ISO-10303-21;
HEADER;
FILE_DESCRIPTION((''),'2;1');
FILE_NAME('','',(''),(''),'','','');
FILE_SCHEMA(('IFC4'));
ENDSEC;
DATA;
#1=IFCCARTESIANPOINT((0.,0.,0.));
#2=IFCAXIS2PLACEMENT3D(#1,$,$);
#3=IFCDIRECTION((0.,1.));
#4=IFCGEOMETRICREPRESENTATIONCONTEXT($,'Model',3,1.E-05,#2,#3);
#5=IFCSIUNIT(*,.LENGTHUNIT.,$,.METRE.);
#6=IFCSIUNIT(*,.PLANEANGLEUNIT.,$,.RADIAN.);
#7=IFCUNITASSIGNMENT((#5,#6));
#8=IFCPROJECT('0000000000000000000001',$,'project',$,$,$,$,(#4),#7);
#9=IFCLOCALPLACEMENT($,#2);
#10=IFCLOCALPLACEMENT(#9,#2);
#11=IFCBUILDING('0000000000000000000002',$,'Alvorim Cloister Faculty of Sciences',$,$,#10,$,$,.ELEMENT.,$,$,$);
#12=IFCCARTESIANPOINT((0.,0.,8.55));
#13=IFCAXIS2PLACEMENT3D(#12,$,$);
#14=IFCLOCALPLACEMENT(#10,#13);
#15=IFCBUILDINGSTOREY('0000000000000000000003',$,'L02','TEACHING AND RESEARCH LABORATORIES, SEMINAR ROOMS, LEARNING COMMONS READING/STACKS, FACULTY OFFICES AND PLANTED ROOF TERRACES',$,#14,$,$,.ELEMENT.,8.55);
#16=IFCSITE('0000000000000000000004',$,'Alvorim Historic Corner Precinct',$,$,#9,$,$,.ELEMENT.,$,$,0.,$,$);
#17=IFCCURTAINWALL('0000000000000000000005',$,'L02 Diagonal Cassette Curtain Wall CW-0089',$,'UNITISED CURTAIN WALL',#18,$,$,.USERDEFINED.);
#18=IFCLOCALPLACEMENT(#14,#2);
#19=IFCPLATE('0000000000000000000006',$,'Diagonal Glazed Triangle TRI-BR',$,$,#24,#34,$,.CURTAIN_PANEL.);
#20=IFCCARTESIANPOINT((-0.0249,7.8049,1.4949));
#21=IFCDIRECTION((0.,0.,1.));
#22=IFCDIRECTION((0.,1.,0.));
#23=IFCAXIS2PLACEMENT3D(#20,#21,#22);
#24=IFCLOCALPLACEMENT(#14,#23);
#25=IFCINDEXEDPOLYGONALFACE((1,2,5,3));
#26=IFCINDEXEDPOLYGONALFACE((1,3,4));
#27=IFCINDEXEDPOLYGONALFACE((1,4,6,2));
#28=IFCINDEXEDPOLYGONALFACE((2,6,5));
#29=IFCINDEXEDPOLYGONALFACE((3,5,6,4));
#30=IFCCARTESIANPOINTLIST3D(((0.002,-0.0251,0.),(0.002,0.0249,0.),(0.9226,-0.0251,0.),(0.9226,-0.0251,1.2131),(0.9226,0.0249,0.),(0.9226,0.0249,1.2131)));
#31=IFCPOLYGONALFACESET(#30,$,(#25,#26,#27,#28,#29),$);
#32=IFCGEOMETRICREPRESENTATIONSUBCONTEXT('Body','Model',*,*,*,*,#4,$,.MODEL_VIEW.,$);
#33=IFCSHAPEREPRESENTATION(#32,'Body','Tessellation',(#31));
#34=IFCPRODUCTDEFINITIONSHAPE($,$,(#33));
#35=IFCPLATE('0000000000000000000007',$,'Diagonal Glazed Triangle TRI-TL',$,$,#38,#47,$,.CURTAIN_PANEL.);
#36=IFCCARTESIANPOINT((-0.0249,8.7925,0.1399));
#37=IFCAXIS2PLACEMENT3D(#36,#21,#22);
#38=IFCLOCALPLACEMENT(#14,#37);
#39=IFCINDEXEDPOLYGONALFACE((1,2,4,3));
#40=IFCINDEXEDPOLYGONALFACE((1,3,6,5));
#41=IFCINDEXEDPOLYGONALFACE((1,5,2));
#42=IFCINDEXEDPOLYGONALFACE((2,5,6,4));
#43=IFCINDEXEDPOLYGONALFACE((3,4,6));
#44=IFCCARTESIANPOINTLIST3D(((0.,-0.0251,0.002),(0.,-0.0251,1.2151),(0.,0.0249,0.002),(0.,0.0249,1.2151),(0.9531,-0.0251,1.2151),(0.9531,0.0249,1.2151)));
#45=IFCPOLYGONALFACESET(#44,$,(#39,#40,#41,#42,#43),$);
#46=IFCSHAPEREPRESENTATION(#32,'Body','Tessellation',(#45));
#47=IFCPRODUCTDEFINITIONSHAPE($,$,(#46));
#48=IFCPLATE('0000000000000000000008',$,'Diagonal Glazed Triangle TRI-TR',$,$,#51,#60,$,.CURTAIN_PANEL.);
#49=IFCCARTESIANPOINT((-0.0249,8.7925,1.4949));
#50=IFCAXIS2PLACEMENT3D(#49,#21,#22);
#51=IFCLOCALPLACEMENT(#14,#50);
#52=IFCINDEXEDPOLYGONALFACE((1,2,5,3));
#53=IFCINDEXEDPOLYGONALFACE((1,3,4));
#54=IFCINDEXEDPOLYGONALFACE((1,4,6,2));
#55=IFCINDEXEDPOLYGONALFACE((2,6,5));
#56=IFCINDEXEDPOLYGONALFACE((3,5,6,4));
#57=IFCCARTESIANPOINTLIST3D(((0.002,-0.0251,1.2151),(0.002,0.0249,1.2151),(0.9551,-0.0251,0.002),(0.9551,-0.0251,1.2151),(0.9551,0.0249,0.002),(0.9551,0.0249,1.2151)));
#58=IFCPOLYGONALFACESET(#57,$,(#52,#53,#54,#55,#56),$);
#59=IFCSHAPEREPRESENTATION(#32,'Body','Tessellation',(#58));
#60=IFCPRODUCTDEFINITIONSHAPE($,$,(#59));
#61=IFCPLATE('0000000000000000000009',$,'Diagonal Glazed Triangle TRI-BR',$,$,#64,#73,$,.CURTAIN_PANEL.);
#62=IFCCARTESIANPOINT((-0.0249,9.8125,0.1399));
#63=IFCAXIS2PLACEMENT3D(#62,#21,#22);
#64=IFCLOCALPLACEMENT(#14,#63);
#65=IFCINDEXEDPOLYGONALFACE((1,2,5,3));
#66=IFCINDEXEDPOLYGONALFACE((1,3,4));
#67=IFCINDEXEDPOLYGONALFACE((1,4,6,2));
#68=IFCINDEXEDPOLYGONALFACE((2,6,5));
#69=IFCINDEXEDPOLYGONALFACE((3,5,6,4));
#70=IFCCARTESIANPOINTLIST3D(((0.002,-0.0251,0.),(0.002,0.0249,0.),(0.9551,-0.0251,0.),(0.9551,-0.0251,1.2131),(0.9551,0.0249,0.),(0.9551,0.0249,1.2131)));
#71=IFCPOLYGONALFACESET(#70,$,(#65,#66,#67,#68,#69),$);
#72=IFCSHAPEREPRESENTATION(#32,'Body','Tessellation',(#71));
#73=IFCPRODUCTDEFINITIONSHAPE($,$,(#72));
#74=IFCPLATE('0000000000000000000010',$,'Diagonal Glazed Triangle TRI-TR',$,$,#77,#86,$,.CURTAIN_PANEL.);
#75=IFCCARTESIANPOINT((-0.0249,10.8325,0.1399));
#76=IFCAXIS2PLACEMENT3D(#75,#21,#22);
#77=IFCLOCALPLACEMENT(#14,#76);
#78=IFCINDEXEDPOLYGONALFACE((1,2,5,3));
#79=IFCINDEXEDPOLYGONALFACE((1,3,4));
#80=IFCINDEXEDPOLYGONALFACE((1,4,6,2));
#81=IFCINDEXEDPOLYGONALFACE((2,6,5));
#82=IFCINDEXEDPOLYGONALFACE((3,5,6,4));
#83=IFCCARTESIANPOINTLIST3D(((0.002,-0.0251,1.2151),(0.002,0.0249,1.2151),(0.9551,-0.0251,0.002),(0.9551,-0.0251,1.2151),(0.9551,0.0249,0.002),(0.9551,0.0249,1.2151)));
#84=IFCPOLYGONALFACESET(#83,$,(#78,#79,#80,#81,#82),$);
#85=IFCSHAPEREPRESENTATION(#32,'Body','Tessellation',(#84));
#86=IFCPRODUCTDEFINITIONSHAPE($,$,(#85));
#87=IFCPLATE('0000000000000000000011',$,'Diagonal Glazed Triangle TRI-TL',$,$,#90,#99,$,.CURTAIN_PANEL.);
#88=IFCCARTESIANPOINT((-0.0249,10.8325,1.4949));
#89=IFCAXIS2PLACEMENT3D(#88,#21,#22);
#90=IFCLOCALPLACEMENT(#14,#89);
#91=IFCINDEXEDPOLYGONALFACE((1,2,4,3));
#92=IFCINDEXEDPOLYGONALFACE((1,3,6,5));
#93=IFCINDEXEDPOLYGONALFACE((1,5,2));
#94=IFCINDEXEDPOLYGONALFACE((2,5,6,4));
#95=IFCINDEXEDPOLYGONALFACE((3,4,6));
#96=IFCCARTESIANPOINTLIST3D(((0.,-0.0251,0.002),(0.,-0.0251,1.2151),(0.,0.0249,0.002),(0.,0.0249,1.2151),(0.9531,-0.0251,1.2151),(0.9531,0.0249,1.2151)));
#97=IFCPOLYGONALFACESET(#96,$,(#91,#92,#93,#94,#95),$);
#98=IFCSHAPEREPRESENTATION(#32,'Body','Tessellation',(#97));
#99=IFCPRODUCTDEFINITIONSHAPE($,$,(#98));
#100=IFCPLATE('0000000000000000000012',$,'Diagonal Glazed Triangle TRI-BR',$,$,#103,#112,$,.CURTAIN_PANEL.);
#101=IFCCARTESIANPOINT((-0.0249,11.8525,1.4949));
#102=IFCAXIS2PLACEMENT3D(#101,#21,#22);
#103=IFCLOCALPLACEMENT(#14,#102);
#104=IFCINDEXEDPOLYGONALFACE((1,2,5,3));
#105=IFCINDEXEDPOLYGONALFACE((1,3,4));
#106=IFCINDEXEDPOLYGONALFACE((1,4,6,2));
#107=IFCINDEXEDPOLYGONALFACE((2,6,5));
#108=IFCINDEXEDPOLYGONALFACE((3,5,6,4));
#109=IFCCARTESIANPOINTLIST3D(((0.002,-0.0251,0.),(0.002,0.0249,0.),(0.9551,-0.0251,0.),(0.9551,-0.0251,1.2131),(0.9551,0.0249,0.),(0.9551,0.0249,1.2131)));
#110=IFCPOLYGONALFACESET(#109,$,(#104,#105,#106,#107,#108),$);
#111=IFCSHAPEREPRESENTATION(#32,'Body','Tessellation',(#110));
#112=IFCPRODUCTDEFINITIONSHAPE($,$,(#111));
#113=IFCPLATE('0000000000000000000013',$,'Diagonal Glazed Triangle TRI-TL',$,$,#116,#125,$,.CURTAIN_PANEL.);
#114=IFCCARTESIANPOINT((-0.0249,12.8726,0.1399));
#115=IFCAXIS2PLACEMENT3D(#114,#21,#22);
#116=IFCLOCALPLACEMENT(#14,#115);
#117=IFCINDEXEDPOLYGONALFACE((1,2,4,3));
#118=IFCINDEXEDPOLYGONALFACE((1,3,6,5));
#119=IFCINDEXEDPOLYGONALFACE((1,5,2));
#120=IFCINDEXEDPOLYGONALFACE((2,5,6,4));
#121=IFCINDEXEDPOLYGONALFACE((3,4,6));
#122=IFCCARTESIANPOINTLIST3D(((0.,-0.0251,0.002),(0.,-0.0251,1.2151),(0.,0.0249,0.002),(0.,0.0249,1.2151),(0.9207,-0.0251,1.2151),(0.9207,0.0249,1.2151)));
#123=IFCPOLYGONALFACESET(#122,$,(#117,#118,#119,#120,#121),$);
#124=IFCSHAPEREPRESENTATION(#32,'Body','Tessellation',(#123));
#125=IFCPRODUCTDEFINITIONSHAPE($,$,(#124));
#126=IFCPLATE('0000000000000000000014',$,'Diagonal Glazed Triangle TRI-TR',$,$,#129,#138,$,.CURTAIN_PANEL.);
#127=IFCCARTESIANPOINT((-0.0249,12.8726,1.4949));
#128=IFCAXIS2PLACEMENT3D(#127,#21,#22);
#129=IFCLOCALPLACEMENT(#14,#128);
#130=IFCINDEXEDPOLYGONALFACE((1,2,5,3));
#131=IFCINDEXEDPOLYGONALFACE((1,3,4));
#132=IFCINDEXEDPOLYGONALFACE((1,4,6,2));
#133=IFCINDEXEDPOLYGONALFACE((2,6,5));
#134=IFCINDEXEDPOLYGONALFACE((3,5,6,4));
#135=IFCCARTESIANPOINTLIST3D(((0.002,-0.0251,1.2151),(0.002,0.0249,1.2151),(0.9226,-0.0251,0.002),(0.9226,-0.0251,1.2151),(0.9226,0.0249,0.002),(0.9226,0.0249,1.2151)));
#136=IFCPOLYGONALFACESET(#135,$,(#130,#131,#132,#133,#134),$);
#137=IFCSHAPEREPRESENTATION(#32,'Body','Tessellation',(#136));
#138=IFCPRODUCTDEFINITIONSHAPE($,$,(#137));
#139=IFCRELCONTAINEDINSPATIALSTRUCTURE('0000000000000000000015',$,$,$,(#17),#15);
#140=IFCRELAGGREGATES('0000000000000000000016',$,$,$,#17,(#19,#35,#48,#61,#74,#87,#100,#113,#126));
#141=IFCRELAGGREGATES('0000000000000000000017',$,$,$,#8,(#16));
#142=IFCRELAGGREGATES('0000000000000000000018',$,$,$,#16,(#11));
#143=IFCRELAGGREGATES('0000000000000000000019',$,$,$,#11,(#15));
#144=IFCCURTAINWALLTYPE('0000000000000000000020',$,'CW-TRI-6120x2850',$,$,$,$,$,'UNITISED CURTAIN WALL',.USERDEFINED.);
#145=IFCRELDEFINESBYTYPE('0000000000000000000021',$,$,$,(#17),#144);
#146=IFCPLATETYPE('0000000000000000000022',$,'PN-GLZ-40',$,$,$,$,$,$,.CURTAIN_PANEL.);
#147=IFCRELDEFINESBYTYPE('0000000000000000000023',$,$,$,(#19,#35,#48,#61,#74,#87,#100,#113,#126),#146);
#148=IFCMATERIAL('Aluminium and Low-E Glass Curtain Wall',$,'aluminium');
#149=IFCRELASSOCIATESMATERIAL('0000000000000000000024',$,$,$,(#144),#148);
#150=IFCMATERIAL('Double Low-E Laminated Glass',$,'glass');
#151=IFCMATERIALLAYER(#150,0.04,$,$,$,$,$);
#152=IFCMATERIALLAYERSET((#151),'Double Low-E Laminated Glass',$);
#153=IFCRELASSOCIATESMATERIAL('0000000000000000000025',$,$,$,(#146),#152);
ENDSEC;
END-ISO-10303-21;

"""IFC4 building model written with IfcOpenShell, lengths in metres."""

from ifc_helpers import new_model, si_unit, direction, frame, origin, place, context, subcontext, project, spatial, polyline, outline, extrude, material, layer, layer_set, type_object, element, aggregate, save


model = new_model("IFC4")

# Units and contexts
model_context = context("Model", 3, precision=1e-05, world=origin(), true_north=direction((0.0, 1.0)))
body_context = subcontext(model_context, "Body", "Model", "MODEL_VIEW")
ifc_project = project(units=[si_unit("LENGTHUNIT", "METRE"), si_unit("PLANEANGLEUNIT", "RADIAN")], contexts=[model_context])

# Site, building, storey
site_placement = place(None, origin())
site = spatial("IfcSite", under=ifc_project, at=site_placement, Name="Alvorim Historic Corner Precinct", CompositionType="ELEMENT", RefElevation=0.0)
building_placement = place(site_placement, origin())
building = spatial("IfcBuilding", under=site, at=building_placement, Name="Alvorim Cloister Faculty of Sciences", CompositionType="ELEMENT")
storey_placement = place(building_placement, frame((0.0, 0.0, 8.55)))
storey = spatial("IfcBuildingStorey", under=building, at=storey_placement, Name="L02", Description="TEACHING AND RESEARCH LABORATORIES, SEMINAR ROOMS, LEARNING COMMONS READING/STACKS, FACULTY OFFICES AND PLANTED ROOF TERRACES", CompositionType="ELEMENT", Elevation=8.55)

# Curtain wall, plates
ifc_material_1 = material(Name="Aluminium and Low-E Glass Curtain Wall", Category="aluminium")
curtain_wall_type = type_object("IfcCurtainWallType", Name="CW-TRI-6120x2850", ElementType="UNITISED CURTAIN WALL", PredefinedType="USERDEFINED", material=ifc_material_1)
curtain_wall_placement = place(storey_placement, origin())
curtain_wall = element("IfcCurtainWall", 1, at=curtain_wall_placement, inside=storey, type_object=curtain_wall_type, Name="L02 Diagonal Cassette Curtain Wall CW-0089", ObjectType="UNITISED CURTAIN WALL", PredefinedType="USERDEFINED")
ifc_material_2 = material(Name="Double Low-E Laminated Glass", Category="glass")
ifc_layer_1 = layer(ifc_material_2, 0.04)
ifc_layer_set_1 = layer_set([ifc_layer_1], Name="Double Low-E Laminated Glass")
plate_type = type_object("IfcPlateType", Name="PN-GLZ-40", PredefinedType="CURTAIN_PANEL", material=ifc_layer_set_1)
plate_1_placement = place(storey_placement, frame((-0.0249, 7.8049, 1.4949), z_axis=(0.0, 0.0, 1.0), x_axis=(0.0, 1.0, 0.0)))
plate_1 = element("IfcPlate", 2, at=plate_1_placement, type_object=plate_type, Name="Diagonal Glazed Triangle TRI-BR", PredefinedType="CURTAIN_PANEL", context=body_context, shape_type="SweptSolid", body=[
    extrude(outline(polyline([(0.002, 0.0), (0.9226, 0.0), (0.9226, 1.2131), (0.002, 0.0)])), frame((0.0, 0.0249, 0.0), z_axis=(0.0, -1.0, 0.0), x_axis=(1.0, 0.0, 0.0)), (0.0, 0.0, 1.0), 0.05),
])
plate_2_placement = place(storey_placement, frame((-0.0249, 8.7925, 0.1399), z_axis=(0.0, 0.0, 1.0), x_axis=(0.0, 1.0, 0.0)))
plate_2 = element("IfcPlate", 3, at=plate_2_placement, type_object=plate_type, Name="Diagonal Glazed Triangle TRI-TL", PredefinedType="CURTAIN_PANEL", context=body_context, shape_type="SweptSolid", body=[
    extrude(outline(polyline([(0.9531, 1.2151), (0.0, 1.2151), (0.0, 0.002), (0.9531, 1.2151)])), frame((0.0, 0.0249, 0.0), z_axis=(0.0, -1.0, 0.0), x_axis=(1.0, 0.0, 0.0)), (0.0, 0.0, 1.0), 0.05),
])
plate_3_placement = place(storey_placement, frame((-0.0249, 8.7925, 1.4949), z_axis=(0.0, 0.0, 1.0), x_axis=(0.0, 1.0, 0.0)))
plate_3 = element("IfcPlate", 4, at=plate_3_placement, type_object=plate_type, Name="Diagonal Glazed Triangle TRI-TR", PredefinedType="CURTAIN_PANEL", context=body_context, shape_type="SweptSolid", body=[
    extrude(outline(polyline([(0.9551, 0.002), (0.9551, 1.2151), (0.002, 1.2151), (0.9551, 0.002)])), frame((0.0, 0.0249, 0.0), z_axis=(0.0, -1.0, 0.0), x_axis=(1.0, 0.0, 0.0)), (0.0, 0.0, 1.0), 0.05),
])
plate_4_placement = place(storey_placement, frame((-0.0249, 9.8125, 0.1399), z_axis=(0.0, 0.0, 1.0), x_axis=(0.0, 1.0, 0.0)))
plate_4 = element("IfcPlate", 5, at=plate_4_placement, type_object=plate_type, Name="Diagonal Glazed Triangle TRI-BR", PredefinedType="CURTAIN_PANEL", context=body_context, shape_type="SweptSolid", body=[
    extrude(outline(polyline([(0.002, 0.0), (0.9551, 0.0), (0.9551, 1.2131), (0.002, 0.0)])), frame((0.0, 0.0249, 0.0), z_axis=(0.0, -1.0, 0.0), x_axis=(1.0, 0.0, 0.0)), (0.0, 0.0, 1.0), 0.05),
])
plate_5_placement = place(storey_placement, frame((-0.0249, 10.8325, 0.1399), z_axis=(0.0, 0.0, 1.0), x_axis=(0.0, 1.0, 0.0)))
plate_5 = element("IfcPlate", 6, at=plate_5_placement, type_object=plate_type, Name="Diagonal Glazed Triangle TRI-TR", PredefinedType="CURTAIN_PANEL", context=body_context, shape_type="SweptSolid", body=[
    extrude(outline(polyline([(0.9551, 0.002), (0.9551, 1.2151), (0.002, 1.2151), (0.9551, 0.002)])), frame((0.0, 0.0249, 0.0), z_axis=(0.0, -1.0, 0.0), x_axis=(1.0, 0.0, 0.0)), (0.0, 0.0, 1.0), 0.05),
])
plate_6_placement = place(storey_placement, frame((-0.0249, 10.8325, 1.4949), z_axis=(0.0, 0.0, 1.0), x_axis=(0.0, 1.0, 0.0)))
plate_6 = element("IfcPlate", 7, at=plate_6_placement, type_object=plate_type, Name="Diagonal Glazed Triangle TRI-TL", PredefinedType="CURTAIN_PANEL", context=body_context, shape_type="SweptSolid", body=[
    extrude(outline(polyline([(0.9531, 1.2151), (0.0, 1.2151), (0.0, 0.002), (0.9531, 1.2151)])), frame((0.0, 0.0249, 0.0), z_axis=(0.0, -1.0, 0.0), x_axis=(1.0, 0.0, 0.0)), (0.0, 0.0, 1.0), 0.05),
])
plate_7_placement = place(storey_placement, frame((-0.0249, 11.8525, 1.4949), z_axis=(0.0, 0.0, 1.0), x_axis=(0.0, 1.0, 0.0)))
plate_7 = element("IfcPlate", 8, at=plate_7_placement, type_object=plate_type, Name="Diagonal Glazed Triangle TRI-BR", PredefinedType="CURTAIN_PANEL", context=body_context, shape_type="SweptSolid", body=[
    extrude(outline(polyline([(0.002, 0.0), (0.9551, 0.0), (0.9551, 1.2131), (0.002, 0.0)])), frame((0.0, 0.0249, 0.0), z_axis=(0.0, -1.0, 0.0), x_axis=(1.0, 0.0, 0.0)), (0.0, 0.0, 1.0), 0.05),
])
plate_8_placement = place(storey_placement, frame((-0.0249, 12.8726, 0.1399), z_axis=(0.0, 0.0, 1.0), x_axis=(0.0, 1.0, 0.0)))
plate_8 = element("IfcPlate", 9, at=plate_8_placement, type_object=plate_type, Name="Diagonal Glazed Triangle TRI-TL", PredefinedType="CURTAIN_PANEL", context=body_context, shape_type="SweptSolid", body=[
    extrude(outline(polyline([(0.9207, 1.2151), (0.0, 1.2151), (0.0, 0.002), (0.9207, 1.2151)])), frame((0.0, 0.0249, 0.0), z_axis=(0.0, -1.0, 0.0), x_axis=(1.0, 0.0, 0.0)), (0.0, 0.0, 1.0), 0.05),
])
plate_9_placement = place(storey_placement, frame((-0.0249, 12.8726, 1.4949), z_axis=(0.0, 0.0, 1.0), x_axis=(0.0, 1.0, 0.0)))
plate_9 = element("IfcPlate", 10, at=plate_9_placement, type_object=plate_type, Name="Diagonal Glazed Triangle TRI-TR", PredefinedType="CURTAIN_PANEL", context=body_context, shape_type="SweptSolid", body=[
    extrude(outline(polyline([(0.9226, 0.002), (0.9226, 1.2151), (0.002, 1.2151), (0.9226, 0.002)])), frame((0.0, 0.0249, 0.0), z_axis=(0.0, -1.0, 0.0), x_axis=(1.0, 0.0, 0.0)), (0.0, 0.0, 1.0), 0.05),
])
aggregate(curtain_wall, [plate_1, plate_2, plate_3, plate_4, plate_5, plate_6, plate_7, plate_8, plate_9])

save(model, "model.ifc")
